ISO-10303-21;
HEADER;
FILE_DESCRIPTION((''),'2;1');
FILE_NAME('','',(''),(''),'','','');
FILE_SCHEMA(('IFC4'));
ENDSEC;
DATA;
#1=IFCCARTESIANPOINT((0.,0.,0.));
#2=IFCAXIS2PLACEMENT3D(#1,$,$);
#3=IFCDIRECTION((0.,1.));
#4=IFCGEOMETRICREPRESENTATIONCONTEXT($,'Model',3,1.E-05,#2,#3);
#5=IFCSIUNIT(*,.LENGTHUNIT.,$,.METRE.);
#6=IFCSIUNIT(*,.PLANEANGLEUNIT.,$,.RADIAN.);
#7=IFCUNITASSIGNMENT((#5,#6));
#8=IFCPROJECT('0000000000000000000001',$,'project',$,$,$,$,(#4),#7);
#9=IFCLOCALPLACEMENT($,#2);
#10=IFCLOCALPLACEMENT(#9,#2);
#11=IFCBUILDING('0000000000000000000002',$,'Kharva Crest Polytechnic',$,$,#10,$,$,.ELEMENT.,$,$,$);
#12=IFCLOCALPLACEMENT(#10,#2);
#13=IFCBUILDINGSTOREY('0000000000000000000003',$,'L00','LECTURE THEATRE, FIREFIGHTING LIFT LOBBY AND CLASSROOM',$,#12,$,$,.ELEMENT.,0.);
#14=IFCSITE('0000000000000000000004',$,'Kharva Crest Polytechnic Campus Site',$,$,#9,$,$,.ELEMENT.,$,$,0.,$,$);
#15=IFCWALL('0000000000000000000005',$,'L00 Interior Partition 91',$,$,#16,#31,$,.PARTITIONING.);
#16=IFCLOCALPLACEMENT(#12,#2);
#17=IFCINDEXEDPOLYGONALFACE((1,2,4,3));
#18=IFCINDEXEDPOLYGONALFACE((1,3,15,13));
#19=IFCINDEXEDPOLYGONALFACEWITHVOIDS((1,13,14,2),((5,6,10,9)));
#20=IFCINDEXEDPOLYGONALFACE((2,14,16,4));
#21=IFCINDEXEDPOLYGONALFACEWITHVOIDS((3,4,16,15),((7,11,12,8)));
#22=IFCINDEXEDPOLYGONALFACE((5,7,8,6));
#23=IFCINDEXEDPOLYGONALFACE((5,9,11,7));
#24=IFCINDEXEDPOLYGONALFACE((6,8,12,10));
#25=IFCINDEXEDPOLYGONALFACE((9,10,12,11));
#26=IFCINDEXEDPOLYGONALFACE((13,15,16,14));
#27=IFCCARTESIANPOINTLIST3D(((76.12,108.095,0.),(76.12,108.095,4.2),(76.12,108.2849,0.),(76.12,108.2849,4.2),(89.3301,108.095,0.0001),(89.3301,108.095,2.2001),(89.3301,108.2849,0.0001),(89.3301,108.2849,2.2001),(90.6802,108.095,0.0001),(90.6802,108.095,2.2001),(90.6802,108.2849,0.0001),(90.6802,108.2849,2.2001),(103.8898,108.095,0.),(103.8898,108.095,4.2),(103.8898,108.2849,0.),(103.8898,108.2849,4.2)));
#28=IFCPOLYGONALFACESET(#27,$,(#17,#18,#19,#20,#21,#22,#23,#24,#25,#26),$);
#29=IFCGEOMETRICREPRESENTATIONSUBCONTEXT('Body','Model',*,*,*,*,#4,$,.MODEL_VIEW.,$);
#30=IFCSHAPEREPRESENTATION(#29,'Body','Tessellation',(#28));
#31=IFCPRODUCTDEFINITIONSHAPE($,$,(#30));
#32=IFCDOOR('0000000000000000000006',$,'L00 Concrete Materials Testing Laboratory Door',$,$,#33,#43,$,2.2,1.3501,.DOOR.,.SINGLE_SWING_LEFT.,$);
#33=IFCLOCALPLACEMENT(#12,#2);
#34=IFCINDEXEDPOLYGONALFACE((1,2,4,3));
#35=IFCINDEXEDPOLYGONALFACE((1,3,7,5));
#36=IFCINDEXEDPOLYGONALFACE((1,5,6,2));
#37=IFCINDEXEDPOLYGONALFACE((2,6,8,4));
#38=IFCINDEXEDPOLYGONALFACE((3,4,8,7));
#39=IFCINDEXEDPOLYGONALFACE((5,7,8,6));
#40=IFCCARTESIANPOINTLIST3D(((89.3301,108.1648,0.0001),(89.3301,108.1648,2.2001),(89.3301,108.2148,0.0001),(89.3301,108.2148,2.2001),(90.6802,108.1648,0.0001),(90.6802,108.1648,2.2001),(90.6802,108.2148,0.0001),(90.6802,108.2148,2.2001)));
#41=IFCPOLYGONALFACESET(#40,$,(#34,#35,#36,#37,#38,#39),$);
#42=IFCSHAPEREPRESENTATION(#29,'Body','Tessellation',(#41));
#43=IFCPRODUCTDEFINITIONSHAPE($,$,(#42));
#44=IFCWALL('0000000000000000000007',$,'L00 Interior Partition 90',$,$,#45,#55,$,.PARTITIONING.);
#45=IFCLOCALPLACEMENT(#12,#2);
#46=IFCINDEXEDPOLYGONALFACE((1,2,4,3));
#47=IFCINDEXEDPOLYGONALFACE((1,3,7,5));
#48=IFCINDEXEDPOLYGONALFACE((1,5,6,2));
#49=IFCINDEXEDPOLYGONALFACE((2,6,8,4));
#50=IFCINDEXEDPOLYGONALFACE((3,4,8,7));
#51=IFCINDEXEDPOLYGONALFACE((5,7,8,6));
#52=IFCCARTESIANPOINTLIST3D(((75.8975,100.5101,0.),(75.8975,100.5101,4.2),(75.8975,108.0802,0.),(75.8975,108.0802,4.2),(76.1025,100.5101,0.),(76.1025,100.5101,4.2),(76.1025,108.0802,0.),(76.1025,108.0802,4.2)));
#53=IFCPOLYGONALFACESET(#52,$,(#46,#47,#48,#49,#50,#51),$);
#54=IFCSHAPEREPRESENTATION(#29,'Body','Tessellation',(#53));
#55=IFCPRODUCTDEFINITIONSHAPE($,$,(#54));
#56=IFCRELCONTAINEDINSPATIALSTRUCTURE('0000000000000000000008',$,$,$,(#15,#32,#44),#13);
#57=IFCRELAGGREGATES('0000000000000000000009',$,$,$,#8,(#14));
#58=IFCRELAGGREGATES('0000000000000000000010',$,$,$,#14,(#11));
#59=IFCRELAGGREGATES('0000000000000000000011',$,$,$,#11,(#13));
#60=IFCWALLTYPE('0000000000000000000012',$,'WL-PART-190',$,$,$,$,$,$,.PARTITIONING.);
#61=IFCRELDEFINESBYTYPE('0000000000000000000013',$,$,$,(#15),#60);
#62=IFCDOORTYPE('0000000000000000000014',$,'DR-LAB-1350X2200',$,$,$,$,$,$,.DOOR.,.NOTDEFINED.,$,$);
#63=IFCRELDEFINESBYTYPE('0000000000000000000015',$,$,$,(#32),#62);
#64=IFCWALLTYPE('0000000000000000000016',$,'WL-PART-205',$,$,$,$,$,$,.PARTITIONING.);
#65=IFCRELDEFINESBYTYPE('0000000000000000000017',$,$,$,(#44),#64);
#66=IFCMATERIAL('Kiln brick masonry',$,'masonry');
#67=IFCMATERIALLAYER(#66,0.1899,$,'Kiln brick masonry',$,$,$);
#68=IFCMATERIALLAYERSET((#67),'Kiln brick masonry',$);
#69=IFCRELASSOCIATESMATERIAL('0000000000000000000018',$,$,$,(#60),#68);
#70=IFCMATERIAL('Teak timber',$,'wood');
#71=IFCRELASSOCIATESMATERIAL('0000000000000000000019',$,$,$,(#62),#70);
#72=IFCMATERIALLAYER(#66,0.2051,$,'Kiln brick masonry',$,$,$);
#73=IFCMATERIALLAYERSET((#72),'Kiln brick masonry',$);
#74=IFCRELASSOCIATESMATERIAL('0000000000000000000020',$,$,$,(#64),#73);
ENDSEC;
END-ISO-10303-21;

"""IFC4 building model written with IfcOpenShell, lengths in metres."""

from ifc_helpers import new_model, si_unit, direction, frame, frame_2d, origin, place, context, subcontext, project, spatial, rectangle, extrude, material, layer, layer_set, type_object, element, fill, save


model = new_model("IFC4")

# Units and contexts
model_context = context("Model", 3, precision=1e-05, world=origin(), true_north=direction((0.0, 1.0)))
body_context = subcontext(model_context, "Body", "Model", "MODEL_VIEW")
ifc_project = project(units=[si_unit("LENGTHUNIT", "METRE"), si_unit("PLANEANGLEUNIT", "RADIAN")], contexts=[model_context])

# Site, building, storey
site_placement = place(None, origin())
site = spatial("IfcSite", under=ifc_project, at=site_placement, Name="Kharva Crest Polytechnic Campus Site", CompositionType="ELEMENT", RefElevation=0.0)
building_placement = place(site_placement, origin())
building = spatial("IfcBuilding", under=site, at=building_placement, Name="Kharva Crest Polytechnic", CompositionType="ELEMENT")
storey_placement = place(building_placement, origin())
storey = spatial("IfcBuildingStorey", under=building, at=storey_placement, Name="L00", Description="LECTURE THEATRE, FIREFIGHTING LIFT LOBBY AND CLASSROOM", CompositionType="ELEMENT", Elevation=0.0)

# Wall, opening, door
ifc_material_1 = material(Name="Kiln brick masonry", Category="masonry")
ifc_layer_1 = layer(ifc_material_1, 0.1899, Name="Kiln brick masonry")
ifc_layer_set_1 = layer_set([ifc_layer_1], Name="Kiln brick masonry")
wall_type_1 = type_object("IfcWallType", Name="WL-PART-190", PredefinedType="PARTITIONING", material=ifc_layer_set_1)
wall_1_placement = place(storey_placement, frame((76.1201, 108.1899, 0.0), z_axis=(0.0, 0.0, 1.0), x_axis=(1.0, 0.0, 0.0)))
wall_1 = element("IfcWall", 1, at=wall_1_placement, inside=storey, type_object=wall_type_1, Name="L00 Interior Partition 91", PredefinedType="PARTITIONING", context=body_context, shape_type="SweptSolid", body=[
    extrude(rectangle(XDim=27.7698, YDim=0.1899, at=frame_2d((13.8848, 0.0))), origin(), (0.0, 0.0, 1.0), 4.2),
])
opening_placement = place(wall_1_placement, frame((13.21, 0.0, 0.0)))
opening = element("IfcOpeningElement", 2, at=opening_placement, cuts=wall_1, PredefinedType="OPENING", context=body_context, shape_type="SweptSolid", body=[
    extrude(rectangle(XDim=1.3501, YDim=2.2, at=frame_2d((0.675, 1.1001))), frame((0.0, 0.105, 0.0), z_axis=(0.0, -1.0, 0.0), x_axis=(1.0, 0.0, 0.0)), (0.0, 0.0, 1.0), 0.21),
])
ifc_material_2 = material(Name="Teak timber", Category="wood")
door_type = type_object("IfcDoorType", Name="DR-LAB-1350X2200", OperationType="NOTDEFINED", PredefinedType="DOOR", material=ifc_material_2)
door_placement = place(opening_placement, origin())
door = element("IfcDoor", 3, at=door_placement, inside=storey, type_object=door_type, Name="L00 Concrete Materials Testing Laboratory Door", OperationType="SINGLE_SWING_LEFT", OverallHeight=2.2, OverallWidth=1.3501, PredefinedType="DOOR", context=body_context, shape_type="SweptSolid", body=[
    extrude(rectangle(XDim=1.3501, YDim=2.2, at=frame_2d((0.675, 1.1001))), frame((0.0, 0.0249, 0.0), z_axis=(0.0, -1.0, 0.0), x_axis=(1.0, 0.0, 0.0)), (0.0, 0.0, 1.0), 0.05),
])
fill(opening, door)

# Wall
ifc_layer_2 = layer(ifc_material_1, 0.2051, Name="Kiln brick masonry")
ifc_layer_set_2 = layer_set([ifc_layer_2], Name="Kiln brick masonry")
wall_type_2 = type_object("IfcWallType", Name="WL-PART-205", PredefinedType="PARTITIONING", material=ifc_layer_set_2)
wall_2_placement = place(storey_placement, frame((76.0, 100.51, 0.0), z_axis=(0.0, 0.0, 1.0), x_axis=(0.0, 1.0, 0.0)))
element("IfcWall", 4, at=wall_2_placement, inside=storey, type_object=wall_type_2, Name="L00 Interior Partition 90", PredefinedType="PARTITIONING", context=body_context, shape_type="SweptSolid", body=[
    extrude(rectangle(XDim=7.5701, YDim=0.2051, at=frame_2d((3.7852, 0.0))), origin(), (0.0, 0.0, 1.0), 4.2),
])

save(model, "model.ifc")
